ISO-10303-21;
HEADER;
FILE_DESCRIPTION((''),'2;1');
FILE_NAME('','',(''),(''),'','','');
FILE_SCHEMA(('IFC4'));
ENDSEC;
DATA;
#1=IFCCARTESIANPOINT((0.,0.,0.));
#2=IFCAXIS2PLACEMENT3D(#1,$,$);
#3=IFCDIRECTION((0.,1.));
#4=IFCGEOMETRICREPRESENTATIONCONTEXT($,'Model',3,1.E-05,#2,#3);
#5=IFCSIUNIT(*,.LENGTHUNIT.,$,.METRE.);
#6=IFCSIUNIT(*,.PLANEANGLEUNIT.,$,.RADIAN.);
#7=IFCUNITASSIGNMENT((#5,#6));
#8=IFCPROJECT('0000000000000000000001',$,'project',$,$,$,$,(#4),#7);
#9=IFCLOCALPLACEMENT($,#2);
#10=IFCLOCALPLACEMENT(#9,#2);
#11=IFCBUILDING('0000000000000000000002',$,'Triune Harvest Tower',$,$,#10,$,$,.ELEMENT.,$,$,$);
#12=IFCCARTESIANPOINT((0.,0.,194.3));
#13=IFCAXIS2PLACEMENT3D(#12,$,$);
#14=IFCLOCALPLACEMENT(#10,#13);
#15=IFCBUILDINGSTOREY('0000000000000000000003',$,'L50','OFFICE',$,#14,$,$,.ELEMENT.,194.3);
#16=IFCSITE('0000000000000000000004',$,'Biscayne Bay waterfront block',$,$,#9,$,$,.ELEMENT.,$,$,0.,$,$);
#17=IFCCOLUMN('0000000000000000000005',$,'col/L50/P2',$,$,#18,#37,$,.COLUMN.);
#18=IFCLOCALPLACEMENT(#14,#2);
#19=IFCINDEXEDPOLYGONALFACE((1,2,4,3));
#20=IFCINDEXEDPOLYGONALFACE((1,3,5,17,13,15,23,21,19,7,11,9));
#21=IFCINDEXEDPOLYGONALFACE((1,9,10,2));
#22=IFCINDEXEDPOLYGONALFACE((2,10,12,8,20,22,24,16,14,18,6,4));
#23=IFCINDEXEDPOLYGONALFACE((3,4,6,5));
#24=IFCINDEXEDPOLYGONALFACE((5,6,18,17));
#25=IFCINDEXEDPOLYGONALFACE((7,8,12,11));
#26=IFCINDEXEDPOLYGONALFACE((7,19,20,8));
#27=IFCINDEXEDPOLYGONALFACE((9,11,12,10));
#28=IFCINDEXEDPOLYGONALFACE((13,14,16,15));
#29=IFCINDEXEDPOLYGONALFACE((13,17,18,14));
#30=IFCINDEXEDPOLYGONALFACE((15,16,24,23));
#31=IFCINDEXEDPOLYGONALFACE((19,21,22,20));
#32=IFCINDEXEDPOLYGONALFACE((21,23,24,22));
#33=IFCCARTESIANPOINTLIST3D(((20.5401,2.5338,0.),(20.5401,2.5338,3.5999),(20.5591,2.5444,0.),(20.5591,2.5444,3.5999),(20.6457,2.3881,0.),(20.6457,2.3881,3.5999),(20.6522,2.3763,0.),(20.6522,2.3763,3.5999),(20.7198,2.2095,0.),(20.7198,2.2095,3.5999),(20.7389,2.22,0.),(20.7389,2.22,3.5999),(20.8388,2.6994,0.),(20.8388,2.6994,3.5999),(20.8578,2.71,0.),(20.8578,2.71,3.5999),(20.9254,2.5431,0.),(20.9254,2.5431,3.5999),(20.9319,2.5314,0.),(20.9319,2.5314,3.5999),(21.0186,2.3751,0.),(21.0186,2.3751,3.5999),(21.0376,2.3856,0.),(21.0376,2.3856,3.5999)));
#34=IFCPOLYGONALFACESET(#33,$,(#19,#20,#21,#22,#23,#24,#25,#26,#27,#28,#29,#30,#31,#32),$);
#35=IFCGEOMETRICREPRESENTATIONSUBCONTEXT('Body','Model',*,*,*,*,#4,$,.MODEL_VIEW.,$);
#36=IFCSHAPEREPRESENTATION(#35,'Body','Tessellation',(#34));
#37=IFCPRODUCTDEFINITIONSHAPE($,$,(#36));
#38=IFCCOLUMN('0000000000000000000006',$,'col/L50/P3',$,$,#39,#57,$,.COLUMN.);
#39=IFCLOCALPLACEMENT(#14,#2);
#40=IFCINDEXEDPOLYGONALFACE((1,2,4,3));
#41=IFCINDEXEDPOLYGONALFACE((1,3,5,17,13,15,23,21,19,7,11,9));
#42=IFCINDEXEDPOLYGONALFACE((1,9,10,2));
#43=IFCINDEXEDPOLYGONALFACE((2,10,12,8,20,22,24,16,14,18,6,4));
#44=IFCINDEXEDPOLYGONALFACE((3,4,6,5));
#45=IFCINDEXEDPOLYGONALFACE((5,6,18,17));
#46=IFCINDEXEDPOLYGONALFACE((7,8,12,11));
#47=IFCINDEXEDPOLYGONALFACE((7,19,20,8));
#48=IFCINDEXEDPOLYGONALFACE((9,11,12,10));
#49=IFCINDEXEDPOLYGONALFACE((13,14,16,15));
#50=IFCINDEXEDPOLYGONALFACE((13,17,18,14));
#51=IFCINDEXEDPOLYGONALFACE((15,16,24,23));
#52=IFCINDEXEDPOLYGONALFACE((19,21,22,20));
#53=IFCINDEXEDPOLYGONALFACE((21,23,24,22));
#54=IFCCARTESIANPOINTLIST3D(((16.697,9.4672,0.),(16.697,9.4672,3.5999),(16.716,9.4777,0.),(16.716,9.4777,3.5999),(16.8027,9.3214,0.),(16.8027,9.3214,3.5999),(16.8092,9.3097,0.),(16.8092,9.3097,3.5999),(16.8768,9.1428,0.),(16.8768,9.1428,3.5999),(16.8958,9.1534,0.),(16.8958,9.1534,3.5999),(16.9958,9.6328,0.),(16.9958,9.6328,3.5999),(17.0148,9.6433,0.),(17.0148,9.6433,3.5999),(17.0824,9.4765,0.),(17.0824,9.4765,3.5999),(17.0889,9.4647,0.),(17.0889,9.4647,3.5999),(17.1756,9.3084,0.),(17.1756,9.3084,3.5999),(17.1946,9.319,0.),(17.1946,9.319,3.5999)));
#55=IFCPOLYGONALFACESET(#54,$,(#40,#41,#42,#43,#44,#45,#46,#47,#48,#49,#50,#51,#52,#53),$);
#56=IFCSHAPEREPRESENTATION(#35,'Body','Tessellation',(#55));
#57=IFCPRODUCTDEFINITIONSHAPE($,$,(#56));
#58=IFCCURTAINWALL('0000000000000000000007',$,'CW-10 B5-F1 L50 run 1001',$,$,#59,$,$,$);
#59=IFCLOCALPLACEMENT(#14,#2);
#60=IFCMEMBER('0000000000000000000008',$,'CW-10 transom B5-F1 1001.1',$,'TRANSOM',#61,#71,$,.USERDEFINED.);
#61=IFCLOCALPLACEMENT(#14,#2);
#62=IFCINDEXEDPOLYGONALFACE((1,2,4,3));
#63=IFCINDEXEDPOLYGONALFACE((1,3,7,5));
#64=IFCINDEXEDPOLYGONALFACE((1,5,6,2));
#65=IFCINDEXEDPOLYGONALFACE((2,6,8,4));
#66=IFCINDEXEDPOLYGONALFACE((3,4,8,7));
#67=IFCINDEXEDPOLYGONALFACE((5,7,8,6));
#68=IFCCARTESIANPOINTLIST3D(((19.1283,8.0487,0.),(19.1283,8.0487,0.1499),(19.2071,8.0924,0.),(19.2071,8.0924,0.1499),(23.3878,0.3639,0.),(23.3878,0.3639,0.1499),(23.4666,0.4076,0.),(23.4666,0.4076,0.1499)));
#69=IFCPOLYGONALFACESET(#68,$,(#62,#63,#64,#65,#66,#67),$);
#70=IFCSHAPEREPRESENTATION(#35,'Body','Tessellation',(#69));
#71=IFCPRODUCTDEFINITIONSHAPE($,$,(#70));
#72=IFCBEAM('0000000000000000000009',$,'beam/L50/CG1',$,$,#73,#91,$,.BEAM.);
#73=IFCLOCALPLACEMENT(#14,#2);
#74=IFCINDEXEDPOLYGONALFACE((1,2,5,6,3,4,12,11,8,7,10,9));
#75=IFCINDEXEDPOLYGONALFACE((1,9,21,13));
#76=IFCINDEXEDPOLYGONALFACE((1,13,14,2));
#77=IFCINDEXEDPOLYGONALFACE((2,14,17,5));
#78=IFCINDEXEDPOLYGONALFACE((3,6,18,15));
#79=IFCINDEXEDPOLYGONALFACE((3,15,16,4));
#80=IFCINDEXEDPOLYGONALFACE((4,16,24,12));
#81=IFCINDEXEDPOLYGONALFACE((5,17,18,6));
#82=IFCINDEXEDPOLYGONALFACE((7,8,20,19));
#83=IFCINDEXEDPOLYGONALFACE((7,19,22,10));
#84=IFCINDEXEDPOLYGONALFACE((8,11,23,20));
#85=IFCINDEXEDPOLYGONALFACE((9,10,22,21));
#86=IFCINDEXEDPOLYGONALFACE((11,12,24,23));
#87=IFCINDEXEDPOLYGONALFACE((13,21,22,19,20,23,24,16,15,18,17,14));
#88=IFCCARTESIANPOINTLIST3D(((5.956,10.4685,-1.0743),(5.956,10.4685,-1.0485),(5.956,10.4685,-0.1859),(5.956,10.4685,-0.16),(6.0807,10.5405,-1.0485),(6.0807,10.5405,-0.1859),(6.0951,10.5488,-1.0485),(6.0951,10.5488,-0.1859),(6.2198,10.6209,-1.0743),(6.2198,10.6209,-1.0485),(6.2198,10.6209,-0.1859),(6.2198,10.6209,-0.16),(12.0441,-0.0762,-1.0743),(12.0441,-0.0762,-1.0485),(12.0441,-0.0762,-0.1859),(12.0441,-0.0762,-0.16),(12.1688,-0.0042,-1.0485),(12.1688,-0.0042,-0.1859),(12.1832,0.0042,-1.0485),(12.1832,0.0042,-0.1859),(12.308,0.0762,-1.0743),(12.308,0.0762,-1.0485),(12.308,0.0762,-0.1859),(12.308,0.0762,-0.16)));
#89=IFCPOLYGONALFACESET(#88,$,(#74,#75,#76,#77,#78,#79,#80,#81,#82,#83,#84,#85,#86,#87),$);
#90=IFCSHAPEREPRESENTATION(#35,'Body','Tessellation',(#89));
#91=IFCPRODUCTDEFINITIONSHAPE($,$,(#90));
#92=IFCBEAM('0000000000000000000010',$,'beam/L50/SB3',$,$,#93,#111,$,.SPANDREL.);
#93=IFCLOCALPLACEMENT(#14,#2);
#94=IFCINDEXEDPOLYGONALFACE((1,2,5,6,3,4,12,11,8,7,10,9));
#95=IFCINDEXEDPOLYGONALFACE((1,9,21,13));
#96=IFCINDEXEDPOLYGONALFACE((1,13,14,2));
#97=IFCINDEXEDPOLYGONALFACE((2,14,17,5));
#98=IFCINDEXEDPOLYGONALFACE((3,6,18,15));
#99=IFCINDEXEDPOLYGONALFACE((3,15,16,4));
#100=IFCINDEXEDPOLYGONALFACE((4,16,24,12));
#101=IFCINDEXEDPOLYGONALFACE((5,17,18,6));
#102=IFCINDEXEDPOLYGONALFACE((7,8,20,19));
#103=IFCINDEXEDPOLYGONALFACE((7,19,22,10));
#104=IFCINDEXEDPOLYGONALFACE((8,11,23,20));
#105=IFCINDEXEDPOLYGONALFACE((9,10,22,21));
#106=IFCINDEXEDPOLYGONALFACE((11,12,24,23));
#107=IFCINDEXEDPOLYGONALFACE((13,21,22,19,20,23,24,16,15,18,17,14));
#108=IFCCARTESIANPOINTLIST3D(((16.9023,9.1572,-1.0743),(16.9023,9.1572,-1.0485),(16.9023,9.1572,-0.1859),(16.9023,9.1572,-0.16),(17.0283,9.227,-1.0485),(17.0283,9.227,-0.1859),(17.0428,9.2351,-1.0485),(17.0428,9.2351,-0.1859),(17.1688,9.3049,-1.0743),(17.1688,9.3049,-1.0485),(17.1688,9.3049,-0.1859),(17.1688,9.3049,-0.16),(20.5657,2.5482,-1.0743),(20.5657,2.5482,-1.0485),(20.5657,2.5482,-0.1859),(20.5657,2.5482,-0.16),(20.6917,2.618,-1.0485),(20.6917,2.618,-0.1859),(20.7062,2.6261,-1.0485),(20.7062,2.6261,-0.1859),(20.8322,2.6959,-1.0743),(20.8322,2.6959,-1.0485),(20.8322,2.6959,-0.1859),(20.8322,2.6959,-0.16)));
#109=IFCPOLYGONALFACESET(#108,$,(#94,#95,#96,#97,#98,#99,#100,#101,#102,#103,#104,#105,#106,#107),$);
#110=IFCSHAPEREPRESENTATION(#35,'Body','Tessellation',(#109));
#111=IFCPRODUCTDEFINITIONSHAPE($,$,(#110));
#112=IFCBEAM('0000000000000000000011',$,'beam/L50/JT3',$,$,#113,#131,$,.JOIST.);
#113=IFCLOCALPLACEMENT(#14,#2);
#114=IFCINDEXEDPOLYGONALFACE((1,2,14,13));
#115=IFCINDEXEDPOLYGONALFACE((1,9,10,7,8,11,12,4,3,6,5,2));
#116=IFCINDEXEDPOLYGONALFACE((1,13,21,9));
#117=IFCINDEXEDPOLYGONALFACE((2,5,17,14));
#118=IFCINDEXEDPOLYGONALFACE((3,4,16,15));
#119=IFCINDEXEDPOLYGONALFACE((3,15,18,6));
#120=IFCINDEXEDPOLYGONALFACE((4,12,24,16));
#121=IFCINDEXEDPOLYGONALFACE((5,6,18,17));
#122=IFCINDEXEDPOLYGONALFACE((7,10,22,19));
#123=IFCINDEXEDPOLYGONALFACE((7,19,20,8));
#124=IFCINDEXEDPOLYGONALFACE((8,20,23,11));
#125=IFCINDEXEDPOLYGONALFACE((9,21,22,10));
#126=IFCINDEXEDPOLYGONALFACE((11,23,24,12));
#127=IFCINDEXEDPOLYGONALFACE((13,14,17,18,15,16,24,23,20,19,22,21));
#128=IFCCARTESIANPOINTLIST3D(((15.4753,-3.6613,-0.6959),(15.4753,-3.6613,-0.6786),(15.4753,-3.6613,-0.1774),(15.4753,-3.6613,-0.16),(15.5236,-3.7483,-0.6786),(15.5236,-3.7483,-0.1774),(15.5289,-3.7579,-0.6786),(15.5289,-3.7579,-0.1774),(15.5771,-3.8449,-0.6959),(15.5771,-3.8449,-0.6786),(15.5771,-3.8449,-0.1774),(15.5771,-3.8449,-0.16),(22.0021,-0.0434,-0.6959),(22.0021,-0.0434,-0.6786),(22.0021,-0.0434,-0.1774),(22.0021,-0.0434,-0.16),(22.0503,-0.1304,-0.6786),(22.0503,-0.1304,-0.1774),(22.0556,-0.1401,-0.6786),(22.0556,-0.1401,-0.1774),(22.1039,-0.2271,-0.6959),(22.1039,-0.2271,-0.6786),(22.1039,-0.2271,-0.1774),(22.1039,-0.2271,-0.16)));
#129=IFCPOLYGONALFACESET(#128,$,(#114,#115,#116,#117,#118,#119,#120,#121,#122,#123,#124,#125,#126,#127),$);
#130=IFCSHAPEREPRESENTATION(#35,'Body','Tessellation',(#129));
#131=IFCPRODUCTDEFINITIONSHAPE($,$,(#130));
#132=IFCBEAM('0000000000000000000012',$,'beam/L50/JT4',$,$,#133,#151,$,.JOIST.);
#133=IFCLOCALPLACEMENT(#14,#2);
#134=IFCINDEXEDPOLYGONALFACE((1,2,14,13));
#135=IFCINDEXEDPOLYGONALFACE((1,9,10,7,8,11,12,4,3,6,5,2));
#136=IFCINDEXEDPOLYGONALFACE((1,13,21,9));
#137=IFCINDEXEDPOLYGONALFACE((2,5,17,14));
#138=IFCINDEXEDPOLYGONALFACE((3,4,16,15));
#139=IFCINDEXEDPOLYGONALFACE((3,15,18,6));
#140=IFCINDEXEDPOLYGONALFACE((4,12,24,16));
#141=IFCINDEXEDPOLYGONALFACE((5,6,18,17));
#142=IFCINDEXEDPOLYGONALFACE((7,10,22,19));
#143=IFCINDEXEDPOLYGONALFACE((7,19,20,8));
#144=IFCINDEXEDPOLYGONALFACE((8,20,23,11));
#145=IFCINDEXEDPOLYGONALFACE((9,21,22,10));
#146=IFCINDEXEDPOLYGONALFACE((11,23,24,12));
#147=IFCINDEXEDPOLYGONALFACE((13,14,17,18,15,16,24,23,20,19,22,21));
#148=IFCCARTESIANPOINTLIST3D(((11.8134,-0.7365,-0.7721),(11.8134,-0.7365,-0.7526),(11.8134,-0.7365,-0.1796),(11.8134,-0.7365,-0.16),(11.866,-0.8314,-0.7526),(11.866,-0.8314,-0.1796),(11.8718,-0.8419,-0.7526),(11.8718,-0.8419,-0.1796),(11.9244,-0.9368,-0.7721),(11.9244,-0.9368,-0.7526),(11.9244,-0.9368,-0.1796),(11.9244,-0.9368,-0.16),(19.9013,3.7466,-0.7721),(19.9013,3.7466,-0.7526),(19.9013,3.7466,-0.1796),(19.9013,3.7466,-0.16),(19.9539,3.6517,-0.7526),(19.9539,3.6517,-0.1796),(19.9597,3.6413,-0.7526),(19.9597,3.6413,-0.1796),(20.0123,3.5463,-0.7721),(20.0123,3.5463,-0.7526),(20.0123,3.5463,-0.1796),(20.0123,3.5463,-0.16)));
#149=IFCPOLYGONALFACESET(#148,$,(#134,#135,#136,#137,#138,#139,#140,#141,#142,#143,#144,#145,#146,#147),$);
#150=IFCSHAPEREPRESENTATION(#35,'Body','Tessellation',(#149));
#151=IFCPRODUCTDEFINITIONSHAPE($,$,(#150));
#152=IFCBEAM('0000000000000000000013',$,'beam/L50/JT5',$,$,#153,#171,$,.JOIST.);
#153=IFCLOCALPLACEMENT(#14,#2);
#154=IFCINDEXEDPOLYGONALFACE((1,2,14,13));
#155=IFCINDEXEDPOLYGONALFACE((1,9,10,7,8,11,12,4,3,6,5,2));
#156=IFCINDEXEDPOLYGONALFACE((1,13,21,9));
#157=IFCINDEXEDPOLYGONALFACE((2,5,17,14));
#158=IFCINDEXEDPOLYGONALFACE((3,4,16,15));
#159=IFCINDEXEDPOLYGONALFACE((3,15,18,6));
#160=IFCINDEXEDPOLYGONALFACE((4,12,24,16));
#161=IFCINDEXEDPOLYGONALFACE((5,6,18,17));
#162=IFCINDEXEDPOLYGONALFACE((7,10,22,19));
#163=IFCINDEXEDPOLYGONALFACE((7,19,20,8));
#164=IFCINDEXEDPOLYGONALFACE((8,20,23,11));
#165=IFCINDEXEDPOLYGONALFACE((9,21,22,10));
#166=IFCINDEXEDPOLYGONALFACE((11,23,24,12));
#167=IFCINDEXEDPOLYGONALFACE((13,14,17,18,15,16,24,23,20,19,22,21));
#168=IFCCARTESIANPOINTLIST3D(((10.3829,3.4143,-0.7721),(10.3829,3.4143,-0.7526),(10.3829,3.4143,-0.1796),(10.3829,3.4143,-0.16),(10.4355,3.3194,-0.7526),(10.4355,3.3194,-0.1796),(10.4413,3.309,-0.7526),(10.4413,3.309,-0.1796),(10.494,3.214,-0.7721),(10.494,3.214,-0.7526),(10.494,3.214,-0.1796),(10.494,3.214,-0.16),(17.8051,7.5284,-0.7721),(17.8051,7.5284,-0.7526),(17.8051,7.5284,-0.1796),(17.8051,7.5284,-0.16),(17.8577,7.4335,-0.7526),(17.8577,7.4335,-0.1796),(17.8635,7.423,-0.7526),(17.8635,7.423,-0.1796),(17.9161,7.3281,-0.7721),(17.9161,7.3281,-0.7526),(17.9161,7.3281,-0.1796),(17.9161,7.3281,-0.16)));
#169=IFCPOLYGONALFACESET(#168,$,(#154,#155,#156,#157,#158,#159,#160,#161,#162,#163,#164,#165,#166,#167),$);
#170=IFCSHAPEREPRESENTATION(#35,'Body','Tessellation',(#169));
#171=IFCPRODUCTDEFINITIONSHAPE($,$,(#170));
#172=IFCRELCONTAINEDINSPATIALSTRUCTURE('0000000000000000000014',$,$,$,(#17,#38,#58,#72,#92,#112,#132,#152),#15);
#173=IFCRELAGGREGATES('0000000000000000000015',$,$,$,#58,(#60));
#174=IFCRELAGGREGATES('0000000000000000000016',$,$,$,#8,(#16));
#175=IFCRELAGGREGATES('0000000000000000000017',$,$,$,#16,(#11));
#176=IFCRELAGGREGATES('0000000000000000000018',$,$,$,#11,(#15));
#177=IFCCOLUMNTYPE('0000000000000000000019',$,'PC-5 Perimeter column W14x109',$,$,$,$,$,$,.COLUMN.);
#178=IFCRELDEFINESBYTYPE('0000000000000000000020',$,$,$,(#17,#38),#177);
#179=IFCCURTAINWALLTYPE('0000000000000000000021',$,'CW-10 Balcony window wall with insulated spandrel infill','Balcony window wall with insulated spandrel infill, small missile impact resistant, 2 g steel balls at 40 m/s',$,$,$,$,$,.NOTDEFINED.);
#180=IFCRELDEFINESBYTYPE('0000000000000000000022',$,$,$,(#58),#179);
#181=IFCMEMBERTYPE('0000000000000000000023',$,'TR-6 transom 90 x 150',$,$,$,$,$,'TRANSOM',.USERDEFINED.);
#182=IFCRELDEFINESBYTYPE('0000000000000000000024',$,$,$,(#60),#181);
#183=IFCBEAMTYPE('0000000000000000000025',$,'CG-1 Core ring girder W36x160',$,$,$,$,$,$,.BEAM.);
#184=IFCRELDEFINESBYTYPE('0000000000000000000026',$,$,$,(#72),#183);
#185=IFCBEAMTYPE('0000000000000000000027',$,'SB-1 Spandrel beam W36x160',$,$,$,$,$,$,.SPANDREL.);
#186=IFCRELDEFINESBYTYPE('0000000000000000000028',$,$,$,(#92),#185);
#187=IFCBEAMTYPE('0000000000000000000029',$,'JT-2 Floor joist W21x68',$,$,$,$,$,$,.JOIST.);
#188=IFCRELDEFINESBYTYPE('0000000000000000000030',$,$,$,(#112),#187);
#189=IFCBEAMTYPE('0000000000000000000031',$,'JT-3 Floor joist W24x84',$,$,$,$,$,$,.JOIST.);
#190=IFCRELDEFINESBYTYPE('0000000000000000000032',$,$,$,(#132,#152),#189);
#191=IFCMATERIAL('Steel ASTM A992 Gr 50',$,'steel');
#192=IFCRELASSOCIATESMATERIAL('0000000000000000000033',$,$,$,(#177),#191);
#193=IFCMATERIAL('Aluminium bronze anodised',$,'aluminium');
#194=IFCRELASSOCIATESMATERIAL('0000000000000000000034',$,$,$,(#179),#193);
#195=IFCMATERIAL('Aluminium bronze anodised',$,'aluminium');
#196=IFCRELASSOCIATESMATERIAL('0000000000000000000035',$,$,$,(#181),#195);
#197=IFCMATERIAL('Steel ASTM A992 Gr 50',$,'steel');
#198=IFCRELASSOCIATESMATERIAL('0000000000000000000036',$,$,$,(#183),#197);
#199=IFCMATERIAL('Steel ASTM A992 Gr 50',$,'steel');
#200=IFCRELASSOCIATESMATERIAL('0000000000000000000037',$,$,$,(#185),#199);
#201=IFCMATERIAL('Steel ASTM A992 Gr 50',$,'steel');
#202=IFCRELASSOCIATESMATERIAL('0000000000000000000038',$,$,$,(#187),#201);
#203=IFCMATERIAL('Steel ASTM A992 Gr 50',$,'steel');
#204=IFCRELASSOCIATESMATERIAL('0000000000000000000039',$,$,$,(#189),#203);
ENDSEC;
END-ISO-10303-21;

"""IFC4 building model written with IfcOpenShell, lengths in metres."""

from ifc_helpers import new_model, si_unit, direction, frame, origin, origin_2d, place, context, subcontext, project, spatial, rectangle, i_section, extrude, source, transform, mapped, material, material_profile, profile_set, type_object, element, aggregate, save


model = new_model("IFC4")

# Units and contexts
model_context = context("Model", 3, precision=1e-05, world=origin(), true_north=direction((0.0, 1.0)))
body_context = subcontext(model_context, "Body", "Model", "MODEL_VIEW")
ifc_project = project(units=[si_unit("LENGTHUNIT", "METRE"), si_unit("PLANEANGLEUNIT", "RADIAN")], contexts=[model_context])

# Site, building, storey
site_placement = place(None, origin())
site = spatial("IfcSite", under=ifc_project, at=site_placement, Name="Biscayne Bay waterfront block", CompositionType="ELEMENT", RefElevation=0.0)
building_placement = place(site_placement, origin())
building = spatial("IfcBuilding", under=site, at=building_placement, Name="Triune Harvest Tower", CompositionType="ELEMENT")
storey_placement = place(building_placement, frame((0.0, 0.0, 194.3)))
storey = spatial("IfcBuildingStorey", under=building, at=storey_placement, Name="L50", Description="OFFICE", CompositionType="ELEMENT", Elevation=194.3)

# Columns
ifc_material_1 = material(Name="Steel ASTM A992 Gr 50", Category="steel")
ifc_material_profile_1 = material_profile(ifc_material_1, i_section(OverallWidth=0.3708, OverallDepth=0.3633, WebThickness=0.0134, FlangeThickness=0.0217, at=origin_2d()), Name="W14x109")
ifc_profile_set_1 = profile_set([ifc_material_profile_1], Name="Steel ASTM A992 Gr 50")
column_type = type_object("IfcColumnType", Name="PC-5 Perimeter column W14x109", PredefinedType="COLUMN", material=ifc_profile_set_1)
shared_shape_1 = source(origin(), body_context, "Body", "SweptSolid", [
    extrude(i_section(OverallWidth=0.3708, OverallDepth=0.3633, WebThickness=0.0134, FlangeThickness=0.0217, at=origin_2d()), origin(), (0.0, 0.0, 1.0), 3.5999),
])
for number, where, z_axis, x_axis, name in (
    (1, (20.7888, 2.4597, 0.0), (0.0, 0.0, 1.0), (-0.48481, 0.87462, 0.0), "col/L50/P2"),
    (2, (16.9458, 9.3931, 0.0), (0.0, 0.0, 1.0), (-0.48481, 0.87462, 0.0), "col/L50/P3"),
):
    element("IfcColumn", number, at=place(storey_placement, frame(where, z_axis=z_axis, x_axis=x_axis)), inside=storey, type_object=column_type, Name=name, PredefinedType="COLUMN", context=body_context, shape_type="MappedRepresentation", body=[
        mapped(shared_shape_1, transform((0.0, 0.0, 0.0), scale=1.0)),
    ])

# Curtain wall, member
ifc_material_2 = material(Name="Aluminium bronze anodised", Category="aluminium")
curtain_wall_type_1 = type_object("IfcCurtainWallType", Name="CW-10 Balcony window wall with insulated spandrel infill", Description="Balcony window wall with insulated spandrel infill, small missile impact resistant, 2 g steel balls at 40 m/s", PredefinedType="NOTDEFINED", material=ifc_material_2)
curtain_wall_1_placement = place(storey_placement, origin())
curtain_wall_1 = element("IfcCurtainWall", 3, at=curtain_wall_1_placement, inside=storey, type_object=curtain_wall_type_1, Name="CW-10 B5-F1 L50 run 1001")
ifc_material_3 = material(Name="Aluminium bronze anodised", Category="aluminium")
ifc_material_profile_2 = material_profile(ifc_material_3, rectangle(XDim=0.0901, YDim=0.1499, at=origin_2d()), Name="TR-6 transom 90 x 150")
ifc_profile_set_2 = profile_set([ifc_material_profile_2], Name="Aluminium bronze anodised")
member_type_1 = type_object("IfcMemberType", Name="TR-6 transom 90 x 150", ElementType="TRANSOM", PredefinedType="USERDEFINED", material=ifc_profile_set_2)
member_1_placement = place(storey_placement, frame((23.4272, 0.3857, 0.075), z_axis=(-0.484789, 0.874631, 0.0), x_axis=(-0.874631, -0.484789, 0.0)))
member_1 = element("IfcMember", 4, at=member_1_placement, type_object=member_type_1, Name="CW-10 transom B5-F1 1001.1", ObjectType="TRANSOM", PredefinedType="USERDEFINED", context=body_context, shape_type="SweptSolid", body=[
    extrude(rectangle(XDim=0.0901, YDim=0.1499, at=origin_2d()), origin(), (0.0, 0.0, 1.0), 8.7864),
])

# Beams
ifc_material_4 = material(Name="Steel ASTM A992 Gr 50", Category="steel")
ifc_material_profile_3 = material_profile(ifc_material_4, i_section(OverallWidth=0.3047, OverallDepth=0.9143, WebThickness=0.0166, FlangeThickness=0.0259, at=origin_2d()), Name="W36x160")
ifc_profile_set_3 = profile_set([ifc_material_profile_3], Name="Steel ASTM A992 Gr 50")
beam_type_1 = type_object("IfcBeamType", Name="CG-1 Core ring girder W36x160", PredefinedType="BEAM", material=ifc_profile_set_3)
shared_shape_2 = source(origin(), body_context, "Body", "SweptSolid", [
    extrude(i_section(OverallWidth=0.3047, OverallDepth=0.9143, WebThickness=0.0166, FlangeThickness=0.0259, at=origin_2d()), origin(), (0.0, 0.0, 1.0), 12.176),
])
beam_1_placement = place(storey_placement, frame((12.176, 0.0, -0.6172), z_axis=(-0.50001, 0.86602, 0.0), x_axis=(-0.86602, -0.50001, 0.0)))
element("IfcBeam", 5, at=beam_1_placement, inside=storey, type_object=beam_type_1, Name="beam/L50/CG1", PredefinedType="BEAM", context=body_context, shape_type="MappedRepresentation", body=[
    mapped(shared_shape_2, transform((0.0, 0.0, 0.0), scale=1.0)),
])
ifc_material_5 = material(Name="Steel ASTM A992 Gr 50", Category="steel")
ifc_material_profile_4 = material_profile(ifc_material_5, i_section(OverallWidth=0.3047, OverallDepth=0.9143, WebThickness=0.0166, FlangeThickness=0.0259, at=origin_2d()), Name="W36x160")
ifc_profile_set_4 = profile_set([ifc_material_profile_4], Name="Steel ASTM A992 Gr 50")
beam_type_2 = type_object("IfcBeamType", Name="SB-1 Spandrel beam W36x160", PredefinedType="SPANDREL", material=ifc_profile_set_4)
shared_shape_3 = source(origin(), body_context, "Body", "SweptSolid", [
    extrude(i_section(OverallWidth=0.3047, OverallDepth=0.9143, WebThickness=0.0166, FlangeThickness=0.0259, at=origin_2d()), origin(), (0.0, 0.0, 1.0), 7.5564),
])
beam_2_placement = place(storey_placement, frame((20.699, 2.6221, -0.6172), z_axis=(-0.484806, 0.874622, 0.0), x_axis=(-0.874622, -0.484806, 0.0)))
element("IfcBeam", 6, at=beam_2_placement, inside=storey, type_object=beam_type_2, Name="beam/L50/SB3", PredefinedType="SPANDREL", context=body_context, shape_type="MappedRepresentation", body=[
    mapped(shared_shape_3, transform((0.0, 0.0, 0.0), scale=1.0)),
])
ifc_material_6 = material(Name="Steel ASTM A992 Gr 50", Category="steel")
ifc_material_profile_5 = material_profile(ifc_material_6, i_section(OverallWidth=0.21, OverallDepth=0.5359, WebThickness=0.011, FlangeThickness=0.0173, at=origin_2d()), Name="W21x68")
ifc_profile_set_5 = profile_set([ifc_material_profile_5], Name="Steel ASTM A992 Gr 50")
beam_type_3 = type_object("IfcBeamType", Name="JT-2 Floor joist W21x68", PredefinedType="JOIST", material=ifc_profile_set_5)
shared_shape_4 = source(origin(), body_context, "Body", "SweptSolid", [
    extrude(i_section(OverallWidth=0.21, OverallDepth=0.5359, WebThickness=0.011, FlangeThickness=0.0173, at=origin_2d()), origin(), (0.0, 0.0, 1.0), 7.4624),
])
beam_3_placement = place(storey_placement, frame((22.053, -0.1353, -0.428), z_axis=(-0.874618, -0.484812, 0.0), x_axis=(0.484812, -0.874618, 0.0)))
element("IfcBeam", 7, at=beam_3_placement, inside=storey, type_object=beam_type_3, Name="beam/L50/JT3", PredefinedType="JOIST", context=body_context, shape_type="MappedRepresentation", body=[
    mapped(shared_shape_4, transform((0.0, 0.0, 0.0), scale=1.0)),
])
ifc_material_7 = material(Name="Steel ASTM A992 Gr 50", Category="steel")
ifc_material_profile_6 = material_profile(ifc_material_7, i_section(OverallWidth=0.229, OverallDepth=0.6121, WebThickness=0.012, FlangeThickness=0.0195, at=origin_2d()), Name="W24x84")
ifc_profile_set_6 = profile_set([ifc_material_profile_6], Name="Steel ASTM A992 Gr 50")
beam_type_4 = type_object("IfcBeamType", Name="JT-3 Floor joist W24x84", PredefinedType="JOIST", material=ifc_profile_set_6)
shared_shape_5 = source(origin(), body_context, "Body", "SweptSolid", [
    extrude(i_section(OverallWidth=0.229, OverallDepth=0.6121, WebThickness=0.012, FlangeThickness=0.0195, at=origin_2d()), origin(), (0.0, 0.0, 1.0), 9.2473),
])
beam_4_placement = place(storey_placement, frame((19.9568, 3.6465, -0.4661), z_axis=(-0.874621, -0.484807, 0.0), x_axis=(0.484807, -0.874621, 0.0)))
element("IfcBeam", 8, at=beam_4_placement, inside=storey, type_object=beam_type_4, Name="beam/L50/JT4", PredefinedType="JOIST", context=body_context, shape_type="MappedRepresentation", body=[
    mapped(shared_shape_5, transform((0.0, 0.0, 0.0), scale=1.0)),
])
shared_shape_6 = source(origin(), body_context, "Body", "SweptSolid", [
    extrude(i_section(OverallWidth=0.229, OverallDepth=0.6121, WebThickness=0.012, FlangeThickness=0.0195, at=origin_2d()), origin(), (0.0, 0.0, 1.0), 8.4861),
])
beam_5_placement = place(storey_placement, frame((17.8606, 7.4282, -0.4661), z_axis=(-0.874626, -0.484798, 0.0), x_axis=(0.484798, -0.874626, 0.0)))
element("IfcBeam", 9, at=beam_5_placement, inside=storey, type_object=beam_type_4, Name="beam/L50/JT5", PredefinedType="JOIST", context=body_context, shape_type="MappedRepresentation", body=[
    mapped(shared_shape_6, transform((0.0, 0.0, 0.0), scale=1.0)),
])

aggregate(curtain_wall_1, [member_1])

save(model, "model.ifc")
